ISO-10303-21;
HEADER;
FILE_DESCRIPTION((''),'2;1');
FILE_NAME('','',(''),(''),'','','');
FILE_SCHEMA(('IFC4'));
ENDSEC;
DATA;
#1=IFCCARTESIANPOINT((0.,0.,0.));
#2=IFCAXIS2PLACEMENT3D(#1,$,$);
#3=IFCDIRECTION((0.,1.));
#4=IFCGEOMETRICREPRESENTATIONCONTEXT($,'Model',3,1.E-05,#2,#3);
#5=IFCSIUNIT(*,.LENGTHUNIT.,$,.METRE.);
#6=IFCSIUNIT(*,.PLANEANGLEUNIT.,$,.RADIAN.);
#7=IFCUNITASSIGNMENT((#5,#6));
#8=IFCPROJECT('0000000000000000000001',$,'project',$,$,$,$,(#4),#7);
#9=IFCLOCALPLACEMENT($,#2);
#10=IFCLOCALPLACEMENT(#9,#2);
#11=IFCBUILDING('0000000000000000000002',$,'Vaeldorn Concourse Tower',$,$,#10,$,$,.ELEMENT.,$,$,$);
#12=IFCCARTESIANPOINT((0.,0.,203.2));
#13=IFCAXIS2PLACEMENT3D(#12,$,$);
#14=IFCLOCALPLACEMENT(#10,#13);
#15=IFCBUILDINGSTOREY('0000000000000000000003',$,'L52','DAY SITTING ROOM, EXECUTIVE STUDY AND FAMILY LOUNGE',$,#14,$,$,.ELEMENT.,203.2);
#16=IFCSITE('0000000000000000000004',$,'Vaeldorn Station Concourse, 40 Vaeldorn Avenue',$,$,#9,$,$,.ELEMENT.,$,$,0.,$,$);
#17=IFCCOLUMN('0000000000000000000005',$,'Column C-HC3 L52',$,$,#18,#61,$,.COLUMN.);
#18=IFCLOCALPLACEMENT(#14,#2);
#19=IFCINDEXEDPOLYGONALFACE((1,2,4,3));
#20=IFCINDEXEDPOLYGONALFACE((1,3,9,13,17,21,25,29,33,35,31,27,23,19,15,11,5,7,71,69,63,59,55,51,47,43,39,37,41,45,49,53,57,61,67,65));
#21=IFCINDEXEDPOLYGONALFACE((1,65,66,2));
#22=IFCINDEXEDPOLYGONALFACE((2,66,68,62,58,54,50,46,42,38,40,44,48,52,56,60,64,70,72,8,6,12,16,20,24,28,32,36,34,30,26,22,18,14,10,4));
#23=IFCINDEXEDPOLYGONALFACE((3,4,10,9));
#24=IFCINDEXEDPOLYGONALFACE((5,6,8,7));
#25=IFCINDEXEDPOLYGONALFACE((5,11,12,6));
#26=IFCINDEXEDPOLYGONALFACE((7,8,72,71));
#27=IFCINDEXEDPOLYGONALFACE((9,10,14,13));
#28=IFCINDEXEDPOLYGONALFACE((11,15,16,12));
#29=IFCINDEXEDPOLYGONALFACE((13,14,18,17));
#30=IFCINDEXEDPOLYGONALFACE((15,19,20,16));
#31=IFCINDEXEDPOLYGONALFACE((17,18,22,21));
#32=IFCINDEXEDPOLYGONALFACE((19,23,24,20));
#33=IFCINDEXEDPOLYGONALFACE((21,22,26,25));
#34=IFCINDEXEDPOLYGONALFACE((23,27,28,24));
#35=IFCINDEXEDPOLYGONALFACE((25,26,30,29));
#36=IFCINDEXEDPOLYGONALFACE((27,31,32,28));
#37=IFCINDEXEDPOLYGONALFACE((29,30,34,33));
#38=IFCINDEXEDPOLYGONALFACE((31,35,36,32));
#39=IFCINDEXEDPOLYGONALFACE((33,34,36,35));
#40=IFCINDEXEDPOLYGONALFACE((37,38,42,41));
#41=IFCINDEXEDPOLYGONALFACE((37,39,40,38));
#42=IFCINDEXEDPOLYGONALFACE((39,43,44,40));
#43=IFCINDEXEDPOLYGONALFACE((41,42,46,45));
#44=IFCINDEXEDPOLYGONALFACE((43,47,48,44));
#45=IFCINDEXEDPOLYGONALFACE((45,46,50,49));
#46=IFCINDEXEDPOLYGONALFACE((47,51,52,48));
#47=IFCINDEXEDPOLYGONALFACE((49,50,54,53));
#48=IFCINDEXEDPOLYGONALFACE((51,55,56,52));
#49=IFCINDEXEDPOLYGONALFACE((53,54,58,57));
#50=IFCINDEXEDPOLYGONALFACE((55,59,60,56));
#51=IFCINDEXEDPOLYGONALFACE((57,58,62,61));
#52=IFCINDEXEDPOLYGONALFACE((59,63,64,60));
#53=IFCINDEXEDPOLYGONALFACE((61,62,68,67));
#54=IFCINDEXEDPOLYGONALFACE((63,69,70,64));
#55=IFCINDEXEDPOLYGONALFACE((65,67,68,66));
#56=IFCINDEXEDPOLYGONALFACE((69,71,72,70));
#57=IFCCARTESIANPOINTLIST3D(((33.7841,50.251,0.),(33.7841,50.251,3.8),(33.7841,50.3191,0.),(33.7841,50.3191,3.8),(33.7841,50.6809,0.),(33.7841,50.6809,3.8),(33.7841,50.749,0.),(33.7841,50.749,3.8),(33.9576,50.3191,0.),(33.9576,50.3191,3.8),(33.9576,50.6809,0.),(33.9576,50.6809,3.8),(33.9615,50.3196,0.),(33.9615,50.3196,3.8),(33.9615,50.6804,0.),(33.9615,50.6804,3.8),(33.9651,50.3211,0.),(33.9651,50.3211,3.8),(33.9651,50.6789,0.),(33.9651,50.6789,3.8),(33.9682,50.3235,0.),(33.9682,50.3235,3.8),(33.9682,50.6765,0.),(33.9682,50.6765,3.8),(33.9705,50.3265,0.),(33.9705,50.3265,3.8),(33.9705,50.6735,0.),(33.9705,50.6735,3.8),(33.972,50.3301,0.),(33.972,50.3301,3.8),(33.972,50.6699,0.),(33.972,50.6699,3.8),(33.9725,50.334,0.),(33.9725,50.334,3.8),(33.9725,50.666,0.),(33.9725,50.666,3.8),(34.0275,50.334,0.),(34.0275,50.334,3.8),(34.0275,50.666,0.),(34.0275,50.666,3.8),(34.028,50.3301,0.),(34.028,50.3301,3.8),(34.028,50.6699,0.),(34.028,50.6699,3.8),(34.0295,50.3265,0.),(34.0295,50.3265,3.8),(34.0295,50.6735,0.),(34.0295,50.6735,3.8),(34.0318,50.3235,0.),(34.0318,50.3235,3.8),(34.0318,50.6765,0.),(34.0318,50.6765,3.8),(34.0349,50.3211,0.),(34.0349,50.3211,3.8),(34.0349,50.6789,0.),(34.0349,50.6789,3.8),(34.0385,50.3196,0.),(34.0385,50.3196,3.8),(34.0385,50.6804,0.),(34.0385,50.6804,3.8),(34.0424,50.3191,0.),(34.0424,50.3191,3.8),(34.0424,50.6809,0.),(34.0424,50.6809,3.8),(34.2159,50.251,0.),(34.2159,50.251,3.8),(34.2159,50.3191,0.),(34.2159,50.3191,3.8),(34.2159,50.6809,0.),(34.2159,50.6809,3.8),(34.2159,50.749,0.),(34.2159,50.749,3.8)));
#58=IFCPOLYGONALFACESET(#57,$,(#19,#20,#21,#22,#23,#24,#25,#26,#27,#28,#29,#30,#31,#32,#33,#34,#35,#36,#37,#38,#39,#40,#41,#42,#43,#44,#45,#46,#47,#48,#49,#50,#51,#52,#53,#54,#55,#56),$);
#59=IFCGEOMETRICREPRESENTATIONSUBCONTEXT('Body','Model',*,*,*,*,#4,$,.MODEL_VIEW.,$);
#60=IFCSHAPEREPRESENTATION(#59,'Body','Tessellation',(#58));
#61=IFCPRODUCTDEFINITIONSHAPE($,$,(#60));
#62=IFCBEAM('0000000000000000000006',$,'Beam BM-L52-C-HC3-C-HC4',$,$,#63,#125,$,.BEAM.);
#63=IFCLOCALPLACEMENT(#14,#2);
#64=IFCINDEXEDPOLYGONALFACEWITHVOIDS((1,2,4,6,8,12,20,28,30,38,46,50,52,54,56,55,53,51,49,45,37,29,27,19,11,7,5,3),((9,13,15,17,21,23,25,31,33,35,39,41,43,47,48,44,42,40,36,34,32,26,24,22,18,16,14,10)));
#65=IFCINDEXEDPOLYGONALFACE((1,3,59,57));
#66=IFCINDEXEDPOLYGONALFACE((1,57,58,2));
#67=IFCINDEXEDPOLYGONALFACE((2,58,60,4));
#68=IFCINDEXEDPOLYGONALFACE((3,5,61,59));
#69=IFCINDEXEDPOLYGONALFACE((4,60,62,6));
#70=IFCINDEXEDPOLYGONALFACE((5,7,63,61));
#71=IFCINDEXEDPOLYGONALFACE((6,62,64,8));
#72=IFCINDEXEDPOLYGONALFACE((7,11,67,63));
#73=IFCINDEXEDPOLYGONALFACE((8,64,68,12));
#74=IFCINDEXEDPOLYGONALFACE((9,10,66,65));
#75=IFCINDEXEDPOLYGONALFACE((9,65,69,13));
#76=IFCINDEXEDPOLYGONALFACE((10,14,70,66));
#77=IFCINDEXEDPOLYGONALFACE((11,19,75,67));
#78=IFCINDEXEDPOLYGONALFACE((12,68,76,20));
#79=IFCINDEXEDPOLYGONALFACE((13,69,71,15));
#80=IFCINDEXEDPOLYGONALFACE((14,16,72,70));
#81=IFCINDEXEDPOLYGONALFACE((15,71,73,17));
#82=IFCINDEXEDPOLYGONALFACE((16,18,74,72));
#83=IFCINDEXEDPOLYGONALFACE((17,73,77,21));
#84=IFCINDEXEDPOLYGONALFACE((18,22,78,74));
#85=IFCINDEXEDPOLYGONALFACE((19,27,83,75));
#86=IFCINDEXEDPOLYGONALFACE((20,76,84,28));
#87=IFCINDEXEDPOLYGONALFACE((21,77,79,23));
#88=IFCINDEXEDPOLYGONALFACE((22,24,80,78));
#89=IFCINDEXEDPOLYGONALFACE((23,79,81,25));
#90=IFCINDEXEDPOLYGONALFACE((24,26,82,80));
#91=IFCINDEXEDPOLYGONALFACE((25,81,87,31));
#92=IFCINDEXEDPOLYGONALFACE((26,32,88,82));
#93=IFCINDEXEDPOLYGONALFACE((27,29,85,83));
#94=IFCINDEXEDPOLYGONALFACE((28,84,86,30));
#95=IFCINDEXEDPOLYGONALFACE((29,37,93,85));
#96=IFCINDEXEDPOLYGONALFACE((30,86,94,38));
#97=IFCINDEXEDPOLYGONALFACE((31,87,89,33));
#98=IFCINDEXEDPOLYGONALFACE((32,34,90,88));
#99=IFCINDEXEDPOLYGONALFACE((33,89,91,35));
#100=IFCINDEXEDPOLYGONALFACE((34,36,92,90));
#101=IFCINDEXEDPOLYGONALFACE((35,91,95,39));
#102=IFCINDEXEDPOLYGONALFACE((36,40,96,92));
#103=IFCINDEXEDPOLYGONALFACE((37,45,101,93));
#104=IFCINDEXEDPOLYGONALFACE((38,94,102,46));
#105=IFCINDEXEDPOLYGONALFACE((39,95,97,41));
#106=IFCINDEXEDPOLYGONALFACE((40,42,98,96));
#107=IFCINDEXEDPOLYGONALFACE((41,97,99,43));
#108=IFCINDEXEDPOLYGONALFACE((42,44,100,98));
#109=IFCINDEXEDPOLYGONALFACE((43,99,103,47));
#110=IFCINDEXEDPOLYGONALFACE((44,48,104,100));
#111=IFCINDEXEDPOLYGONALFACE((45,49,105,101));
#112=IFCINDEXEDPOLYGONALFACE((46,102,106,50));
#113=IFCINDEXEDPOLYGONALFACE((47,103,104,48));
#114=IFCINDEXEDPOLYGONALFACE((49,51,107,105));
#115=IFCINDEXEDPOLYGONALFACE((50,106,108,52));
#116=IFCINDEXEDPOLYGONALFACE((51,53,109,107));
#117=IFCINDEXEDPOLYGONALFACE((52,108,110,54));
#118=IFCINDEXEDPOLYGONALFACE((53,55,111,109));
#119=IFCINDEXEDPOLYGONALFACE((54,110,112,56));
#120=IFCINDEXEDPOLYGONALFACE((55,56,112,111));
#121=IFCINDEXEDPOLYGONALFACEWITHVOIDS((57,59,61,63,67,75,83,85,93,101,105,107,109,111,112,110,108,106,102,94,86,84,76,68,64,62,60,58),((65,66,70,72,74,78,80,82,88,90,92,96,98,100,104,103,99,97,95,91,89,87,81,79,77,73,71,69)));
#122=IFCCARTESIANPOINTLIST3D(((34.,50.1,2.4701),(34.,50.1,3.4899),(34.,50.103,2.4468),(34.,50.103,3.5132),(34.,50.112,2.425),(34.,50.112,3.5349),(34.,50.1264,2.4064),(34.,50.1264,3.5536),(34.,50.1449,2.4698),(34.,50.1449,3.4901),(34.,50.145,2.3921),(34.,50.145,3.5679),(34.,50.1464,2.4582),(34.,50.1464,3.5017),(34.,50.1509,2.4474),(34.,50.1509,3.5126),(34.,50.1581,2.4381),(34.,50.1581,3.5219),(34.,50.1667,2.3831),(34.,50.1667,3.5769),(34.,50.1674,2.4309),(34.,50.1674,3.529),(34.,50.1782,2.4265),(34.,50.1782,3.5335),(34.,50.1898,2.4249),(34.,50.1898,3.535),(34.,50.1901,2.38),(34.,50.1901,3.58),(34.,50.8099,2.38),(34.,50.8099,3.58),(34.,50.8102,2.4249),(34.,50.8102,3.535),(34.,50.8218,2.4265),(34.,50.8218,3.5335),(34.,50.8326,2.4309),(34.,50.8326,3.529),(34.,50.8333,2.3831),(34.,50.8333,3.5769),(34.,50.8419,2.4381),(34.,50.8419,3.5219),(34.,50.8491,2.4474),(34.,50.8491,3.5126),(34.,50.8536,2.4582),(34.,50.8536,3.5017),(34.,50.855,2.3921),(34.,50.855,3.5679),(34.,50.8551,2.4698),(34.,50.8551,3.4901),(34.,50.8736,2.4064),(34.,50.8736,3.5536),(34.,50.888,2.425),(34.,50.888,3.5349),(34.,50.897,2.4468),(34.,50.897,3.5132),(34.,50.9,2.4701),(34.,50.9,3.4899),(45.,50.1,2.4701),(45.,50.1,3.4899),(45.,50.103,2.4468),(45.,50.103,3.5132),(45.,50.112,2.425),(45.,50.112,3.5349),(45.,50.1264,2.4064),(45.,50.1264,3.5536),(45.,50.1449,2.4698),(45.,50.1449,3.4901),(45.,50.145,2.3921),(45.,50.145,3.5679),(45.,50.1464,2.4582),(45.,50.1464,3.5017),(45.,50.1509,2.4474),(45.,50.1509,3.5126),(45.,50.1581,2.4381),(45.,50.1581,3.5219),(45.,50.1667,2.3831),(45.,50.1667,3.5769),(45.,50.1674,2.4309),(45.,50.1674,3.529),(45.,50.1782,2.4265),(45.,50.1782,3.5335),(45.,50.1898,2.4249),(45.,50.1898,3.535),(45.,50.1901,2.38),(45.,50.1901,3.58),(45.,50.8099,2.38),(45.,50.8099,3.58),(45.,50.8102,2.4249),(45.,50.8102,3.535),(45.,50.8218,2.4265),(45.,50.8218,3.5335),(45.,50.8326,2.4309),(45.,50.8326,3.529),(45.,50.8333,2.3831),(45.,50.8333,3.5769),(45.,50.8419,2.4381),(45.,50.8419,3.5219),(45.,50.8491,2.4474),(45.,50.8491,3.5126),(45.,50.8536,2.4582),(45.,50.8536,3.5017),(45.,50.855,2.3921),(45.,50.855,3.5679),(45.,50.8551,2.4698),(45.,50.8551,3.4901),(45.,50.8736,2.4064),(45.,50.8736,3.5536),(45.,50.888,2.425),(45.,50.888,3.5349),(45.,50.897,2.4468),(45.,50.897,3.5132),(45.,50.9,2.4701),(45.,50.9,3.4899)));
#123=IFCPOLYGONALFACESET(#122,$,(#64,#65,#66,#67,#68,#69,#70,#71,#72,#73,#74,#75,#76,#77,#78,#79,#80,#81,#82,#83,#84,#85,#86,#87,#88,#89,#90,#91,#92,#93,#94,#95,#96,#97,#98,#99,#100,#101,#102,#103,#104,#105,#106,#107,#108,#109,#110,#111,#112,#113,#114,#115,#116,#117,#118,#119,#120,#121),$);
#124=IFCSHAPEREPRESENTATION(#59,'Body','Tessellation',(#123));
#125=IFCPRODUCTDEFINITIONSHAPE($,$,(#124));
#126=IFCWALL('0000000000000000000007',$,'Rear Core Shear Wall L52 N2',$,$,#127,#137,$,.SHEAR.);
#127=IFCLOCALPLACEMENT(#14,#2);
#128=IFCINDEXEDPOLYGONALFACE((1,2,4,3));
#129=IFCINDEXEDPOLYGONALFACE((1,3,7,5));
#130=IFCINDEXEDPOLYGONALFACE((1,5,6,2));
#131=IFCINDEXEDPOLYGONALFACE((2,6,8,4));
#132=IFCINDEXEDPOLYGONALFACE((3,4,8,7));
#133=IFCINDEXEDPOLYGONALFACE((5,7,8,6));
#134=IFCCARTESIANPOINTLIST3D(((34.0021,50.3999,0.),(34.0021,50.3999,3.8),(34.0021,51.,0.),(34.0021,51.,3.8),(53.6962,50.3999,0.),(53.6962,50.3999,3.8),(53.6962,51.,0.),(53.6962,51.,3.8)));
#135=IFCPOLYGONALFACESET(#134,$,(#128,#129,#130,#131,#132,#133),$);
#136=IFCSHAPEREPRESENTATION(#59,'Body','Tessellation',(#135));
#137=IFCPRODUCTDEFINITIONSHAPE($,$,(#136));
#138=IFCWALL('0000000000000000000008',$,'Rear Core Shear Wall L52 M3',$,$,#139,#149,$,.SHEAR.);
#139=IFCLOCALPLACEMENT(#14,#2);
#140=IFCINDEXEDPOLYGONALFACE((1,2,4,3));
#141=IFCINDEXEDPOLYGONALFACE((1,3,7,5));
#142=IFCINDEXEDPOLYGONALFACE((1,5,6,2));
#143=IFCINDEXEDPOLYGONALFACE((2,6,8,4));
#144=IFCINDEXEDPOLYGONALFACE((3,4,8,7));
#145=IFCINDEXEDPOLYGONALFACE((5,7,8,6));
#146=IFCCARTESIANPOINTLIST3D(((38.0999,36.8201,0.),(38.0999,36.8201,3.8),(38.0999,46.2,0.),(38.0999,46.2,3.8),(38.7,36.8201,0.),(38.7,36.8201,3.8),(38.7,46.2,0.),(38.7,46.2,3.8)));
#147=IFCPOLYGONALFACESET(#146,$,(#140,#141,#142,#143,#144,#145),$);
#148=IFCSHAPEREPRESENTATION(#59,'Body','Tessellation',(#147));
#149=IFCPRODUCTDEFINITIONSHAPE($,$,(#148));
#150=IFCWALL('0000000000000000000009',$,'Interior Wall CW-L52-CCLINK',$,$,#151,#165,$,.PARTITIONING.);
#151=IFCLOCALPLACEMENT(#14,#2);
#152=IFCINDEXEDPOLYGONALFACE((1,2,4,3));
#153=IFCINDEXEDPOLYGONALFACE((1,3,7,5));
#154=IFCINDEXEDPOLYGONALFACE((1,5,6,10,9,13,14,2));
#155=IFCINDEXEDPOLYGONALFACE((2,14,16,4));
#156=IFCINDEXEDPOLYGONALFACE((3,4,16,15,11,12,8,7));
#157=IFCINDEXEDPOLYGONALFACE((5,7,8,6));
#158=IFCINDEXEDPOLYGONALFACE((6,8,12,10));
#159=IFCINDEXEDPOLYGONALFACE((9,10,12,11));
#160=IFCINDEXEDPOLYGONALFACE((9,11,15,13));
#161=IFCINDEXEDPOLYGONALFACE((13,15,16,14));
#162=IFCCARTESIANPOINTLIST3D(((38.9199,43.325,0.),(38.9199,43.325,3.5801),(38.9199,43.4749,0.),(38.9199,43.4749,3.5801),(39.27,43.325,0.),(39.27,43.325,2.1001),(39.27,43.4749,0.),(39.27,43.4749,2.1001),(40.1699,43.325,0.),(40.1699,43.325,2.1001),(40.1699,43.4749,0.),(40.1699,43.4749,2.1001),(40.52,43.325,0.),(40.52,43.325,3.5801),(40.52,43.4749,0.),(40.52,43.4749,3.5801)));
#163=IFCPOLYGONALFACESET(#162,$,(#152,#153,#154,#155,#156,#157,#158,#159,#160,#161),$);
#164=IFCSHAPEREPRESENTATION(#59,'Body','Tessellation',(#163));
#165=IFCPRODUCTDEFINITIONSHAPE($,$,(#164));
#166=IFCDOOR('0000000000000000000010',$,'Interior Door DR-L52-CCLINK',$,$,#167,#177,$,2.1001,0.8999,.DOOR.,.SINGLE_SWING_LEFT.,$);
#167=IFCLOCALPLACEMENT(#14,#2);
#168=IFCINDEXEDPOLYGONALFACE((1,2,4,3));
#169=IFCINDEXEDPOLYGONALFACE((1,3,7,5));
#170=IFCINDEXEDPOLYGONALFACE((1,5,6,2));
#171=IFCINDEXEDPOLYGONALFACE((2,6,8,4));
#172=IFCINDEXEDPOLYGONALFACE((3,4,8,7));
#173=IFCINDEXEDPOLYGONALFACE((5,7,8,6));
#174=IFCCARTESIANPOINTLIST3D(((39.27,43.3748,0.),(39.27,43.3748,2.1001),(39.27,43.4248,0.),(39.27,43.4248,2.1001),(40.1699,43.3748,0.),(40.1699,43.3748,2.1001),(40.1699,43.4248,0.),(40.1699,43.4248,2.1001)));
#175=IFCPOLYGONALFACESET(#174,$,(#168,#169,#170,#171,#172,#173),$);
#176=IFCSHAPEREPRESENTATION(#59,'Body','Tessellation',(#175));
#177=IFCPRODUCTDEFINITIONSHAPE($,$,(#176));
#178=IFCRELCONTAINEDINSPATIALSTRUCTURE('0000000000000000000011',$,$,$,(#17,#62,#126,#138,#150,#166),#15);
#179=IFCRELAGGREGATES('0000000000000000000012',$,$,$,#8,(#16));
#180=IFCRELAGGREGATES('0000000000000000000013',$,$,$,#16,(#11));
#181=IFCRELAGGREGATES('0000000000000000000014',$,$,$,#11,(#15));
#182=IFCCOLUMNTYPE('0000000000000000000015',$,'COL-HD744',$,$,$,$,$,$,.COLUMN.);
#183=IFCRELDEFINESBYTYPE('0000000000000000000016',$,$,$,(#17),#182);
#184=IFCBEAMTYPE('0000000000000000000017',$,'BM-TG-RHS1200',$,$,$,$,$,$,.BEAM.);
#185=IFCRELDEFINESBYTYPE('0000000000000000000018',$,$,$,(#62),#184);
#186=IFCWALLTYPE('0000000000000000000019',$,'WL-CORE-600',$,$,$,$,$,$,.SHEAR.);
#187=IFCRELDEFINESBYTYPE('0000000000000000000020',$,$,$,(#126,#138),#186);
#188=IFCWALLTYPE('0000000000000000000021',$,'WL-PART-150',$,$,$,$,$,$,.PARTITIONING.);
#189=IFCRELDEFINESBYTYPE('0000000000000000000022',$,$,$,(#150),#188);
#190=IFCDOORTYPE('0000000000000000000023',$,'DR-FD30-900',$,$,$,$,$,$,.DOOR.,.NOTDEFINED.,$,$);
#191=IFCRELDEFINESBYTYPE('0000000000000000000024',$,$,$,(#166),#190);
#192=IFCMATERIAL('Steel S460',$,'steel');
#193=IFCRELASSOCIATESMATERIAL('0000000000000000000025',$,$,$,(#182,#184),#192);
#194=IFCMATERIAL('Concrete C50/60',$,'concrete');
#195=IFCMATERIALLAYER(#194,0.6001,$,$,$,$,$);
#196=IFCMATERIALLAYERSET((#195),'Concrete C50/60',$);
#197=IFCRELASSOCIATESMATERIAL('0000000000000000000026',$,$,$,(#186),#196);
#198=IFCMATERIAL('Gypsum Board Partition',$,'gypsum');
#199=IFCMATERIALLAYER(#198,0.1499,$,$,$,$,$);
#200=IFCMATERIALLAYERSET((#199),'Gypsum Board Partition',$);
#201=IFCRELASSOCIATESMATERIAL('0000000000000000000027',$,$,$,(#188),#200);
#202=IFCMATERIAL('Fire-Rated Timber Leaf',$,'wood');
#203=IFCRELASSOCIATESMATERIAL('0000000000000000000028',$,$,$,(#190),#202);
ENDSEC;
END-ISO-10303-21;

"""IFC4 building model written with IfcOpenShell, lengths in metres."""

from ifc_helpers import new_model, si_unit, direction, frame, frame_2d, origin, origin_2d, place, context, subcontext, project, spatial, rectangle, hollow_rectangle, i_section, extrude, source, transform, mapped, material, layer, layer_set, material_profile, profile_set, type_object, element, fill, save


model = new_model("IFC4")

# Units and contexts
model_context = context("Model", 3, precision=1e-05, world=origin(), true_north=direction((0.0, 1.0)))
body_context = subcontext(model_context, "Body", "Model", "MODEL_VIEW")
ifc_project = project(units=[si_unit("LENGTHUNIT", "METRE"), si_unit("PLANEANGLEUNIT", "RADIAN")], contexts=[model_context])

# Site, building, storey
site_placement = place(None, origin())
site = spatial("IfcSite", under=ifc_project, at=site_placement, Name="Vaeldorn Station Concourse, 40 Vaeldorn Avenue", CompositionType="ELEMENT", RefElevation=0.0)
building_placement = place(site_placement, origin())
building = spatial("IfcBuilding", under=site, at=building_placement, Name="Vaeldorn Concourse Tower", CompositionType="ELEMENT")
storey_placement = place(building_placement, frame((0.0, 0.0, 203.2)))
storey = spatial("IfcBuildingStorey", under=building, at=storey_placement, Name="L52", Description="DAY SITTING ROOM, EXECUTIVE STUDY AND FAMILY LOUNGE", CompositionType="ELEMENT", Elevation=203.2)

# Column
ifc_material_1 = material(Name="Steel S460", Category="steel")
ifc_material_profile_1 = material_profile(ifc_material_1, i_section(OverallWidth=0.4319, OverallDepth=0.498, WebThickness=0.0549, FlangeThickness=0.0681, FilletRadius=0.0149, at=origin_2d()), Name="HD 400x744")
ifc_profile_set_1 = profile_set([ifc_material_profile_1], Name="Steel S460")
column_type = type_object("IfcColumnType", Name="COL-HD744", PredefinedType="COLUMN", material=ifc_profile_set_1)
shared_shape_1 = source(origin(), body_context, "Body", "SweptSolid", [
    extrude(i_section(OverallWidth=0.4319, OverallDepth=0.498, WebThickness=0.0549, FlangeThickness=0.0681, FilletRadius=0.0149, at=origin_2d()), origin(), (0.0, 0.0, 1.0), 3.8),
])
column_placement = place(storey_placement, frame((34.0, 50.5, 0.0), z_axis=(0.0, 0.0, 1.0), x_axis=(1.0, 0.0, 0.0)))
element("IfcColumn", 1, at=column_placement, inside=storey, type_object=column_type, Name="Column C-HC3 L52", PredefinedType="COLUMN", context=body_context, shape_type="MappedRepresentation", body=[
    mapped(shared_shape_1, transform((0.0, 0.0, 0.0), scale=1.0)),
])

# Beam
ifc_material_profile_2 = material_profile(ifc_material_1, hollow_rectangle(XDim=0.8, YDim=1.2, WallThickness=0.0449, InnerFilletRadius=0.0449, OuterFilletRadius=0.0901, at=origin_2d()), Name="RHS 1200x800x45")
ifc_profile_set_2 = profile_set([ifc_material_profile_2], Name="Steel S460")
beam_type = type_object("IfcBeamType", Name="BM-TG-RHS1200", PredefinedType="BEAM", material=ifc_profile_set_2)
shared_shape_2 = source(origin(), body_context, "Body", "SweptSolid", [
    extrude(hollow_rectangle(XDim=0.8, YDim=1.2, WallThickness=0.0449, InnerFilletRadius=0.0449, OuterFilletRadius=0.0901, at=origin_2d()), origin(), (0.0, 0.0, 1.0), 11.0),
])
beam_placement = place(storey_placement, frame((34.0, 50.5, 2.98), z_axis=(1.0, 0.0, 0.0), x_axis=(0.0, 1.0, 0.0)))
element("IfcBeam", 2, at=beam_placement, inside=storey, type_object=beam_type, Name="Beam BM-L52-C-HC3-C-HC4", PredefinedType="BEAM", context=body_context, shape_type="MappedRepresentation", body=[
    mapped(shared_shape_2, transform((0.0, 0.0, 0.0), scale=1.0)),
])

# Walls
ifc_material_2 = material(Name="Concrete C50/60", Category="concrete")
ifc_layer_1 = layer(ifc_material_2, 0.6001)
ifc_layer_set_1 = layer_set([ifc_layer_1], Name="Concrete C50/60")
wall_type_1 = type_object("IfcWallType", Name="WL-CORE-600", PredefinedType="SHEAR", material=ifc_layer_set_1)
wall_1_placement = place(storey_placement, frame((34.002, 50.7, 0.0), z_axis=(0.0, 0.0, 1.0), x_axis=(1.0, 0.0, 0.0)))
element("IfcWall", 3, at=wall_1_placement, inside=storey, type_object=wall_type_1, Name="Rear Core Shear Wall L52 N2", PredefinedType="SHEAR", context=body_context, shape_type="SweptSolid", body=[
    extrude(rectangle(XDim=19.6941, YDim=0.6001, at=frame_2d((9.8472, 0.0))), origin(), (0.0, 0.0, 1.0), 3.8),
])
wall_2_placement = place(storey_placement, frame((38.3999, 36.8201, 0.0), z_axis=(0.0, 0.0, 1.0), x_axis=(0.0, 1.0, 0.0)))
element("IfcWall", 4, at=wall_2_placement, inside=storey, type_object=wall_type_1, Name="Rear Core Shear Wall L52 M3", PredefinedType="SHEAR", context=body_context, shape_type="SweptSolid", body=[
    extrude(rectangle(XDim=9.3799, YDim=0.6001, at=frame_2d((4.6899, 0.0))), origin(), (0.0, 0.0, 1.0), 3.8),
])

# Wall, opening, door
ifc_material_3 = material(Name="Gypsum Board Partition", Category="gypsum")
ifc_layer_2 = layer(ifc_material_3, 0.1499)
ifc_layer_set_2 = layer_set([ifc_layer_2], Name="Gypsum Board Partition")
wall_type_2 = type_object("IfcWallType", Name="WL-PART-150", PredefinedType="PARTITIONING", material=ifc_layer_set_2)
wall_3_placement = place(storey_placement, frame((38.9199, 43.3999, 0.0), z_axis=(0.0, 0.0, 1.0), x_axis=(1.0, 0.0, 0.0)))
wall_3 = element("IfcWall", 5, at=wall_3_placement, inside=storey, type_object=wall_type_2, Name="Interior Wall CW-L52-CCLINK", PredefinedType="PARTITIONING", context=body_context, shape_type="SweptSolid", body=[
    extrude(rectangle(XDim=1.6001, YDim=0.1499, at=frame_2d((0.8, 0.0))), origin(), (0.0, 0.0, 1.0), 3.5801),
])
opening_1_placement = place(wall_3_placement, frame((0.3501, 0.0, 0.0)))
opening_1 = element("IfcOpeningElement", 6, at=opening_1_placement, cuts=wall_3, PredefinedType="OPENING", context=body_context, shape_type="SweptSolid", body=[
    extrude(rectangle(XDim=0.8999, YDim=2.1001, at=frame_2d((0.45, 1.05))), frame((0.0, 0.085, 0.0), z_axis=(0.0, -1.0, 0.0), x_axis=(1.0, 0.0, 0.0)), (0.0, 0.0, 1.0), 0.1699),
])
ifc_material_4 = material(Name="Fire-Rated Timber Leaf", Category="wood")
door_type_1 = type_object("IfcDoorType", Name="DR-FD30-900", OperationType="NOTDEFINED", PredefinedType="DOOR", material=ifc_material_4)
shared_shape_3 = source(origin(), body_context, "Body", "SweptSolid", [
    extrude(rectangle(XDim=0.8999, YDim=2.1001, at=frame_2d((0.45, 1.05))), frame((0.0, 0.0249, 0.0), z_axis=(0.0, -1.0, 0.0), x_axis=(1.0, 0.0, 0.0)), (0.0, 0.0, 1.0), 0.05),
])
door_1_placement = place(opening_1_placement, origin())
door_1 = element("IfcDoor", 7, at=door_1_placement, inside=storey, type_object=door_type_1, Name="Interior Door DR-L52-CCLINK", OperationType="SINGLE_SWING_LEFT", OverallHeight=2.1001, OverallWidth=0.8999, PredefinedType="DOOR", context=body_context, shape_type="MappedRepresentation", body=[
    mapped(shared_shape_3, transform((0.0, 0.0, 0.0), scale=1.0)),
])
fill(opening_1, door_1)

save(model, "model.ifc")
